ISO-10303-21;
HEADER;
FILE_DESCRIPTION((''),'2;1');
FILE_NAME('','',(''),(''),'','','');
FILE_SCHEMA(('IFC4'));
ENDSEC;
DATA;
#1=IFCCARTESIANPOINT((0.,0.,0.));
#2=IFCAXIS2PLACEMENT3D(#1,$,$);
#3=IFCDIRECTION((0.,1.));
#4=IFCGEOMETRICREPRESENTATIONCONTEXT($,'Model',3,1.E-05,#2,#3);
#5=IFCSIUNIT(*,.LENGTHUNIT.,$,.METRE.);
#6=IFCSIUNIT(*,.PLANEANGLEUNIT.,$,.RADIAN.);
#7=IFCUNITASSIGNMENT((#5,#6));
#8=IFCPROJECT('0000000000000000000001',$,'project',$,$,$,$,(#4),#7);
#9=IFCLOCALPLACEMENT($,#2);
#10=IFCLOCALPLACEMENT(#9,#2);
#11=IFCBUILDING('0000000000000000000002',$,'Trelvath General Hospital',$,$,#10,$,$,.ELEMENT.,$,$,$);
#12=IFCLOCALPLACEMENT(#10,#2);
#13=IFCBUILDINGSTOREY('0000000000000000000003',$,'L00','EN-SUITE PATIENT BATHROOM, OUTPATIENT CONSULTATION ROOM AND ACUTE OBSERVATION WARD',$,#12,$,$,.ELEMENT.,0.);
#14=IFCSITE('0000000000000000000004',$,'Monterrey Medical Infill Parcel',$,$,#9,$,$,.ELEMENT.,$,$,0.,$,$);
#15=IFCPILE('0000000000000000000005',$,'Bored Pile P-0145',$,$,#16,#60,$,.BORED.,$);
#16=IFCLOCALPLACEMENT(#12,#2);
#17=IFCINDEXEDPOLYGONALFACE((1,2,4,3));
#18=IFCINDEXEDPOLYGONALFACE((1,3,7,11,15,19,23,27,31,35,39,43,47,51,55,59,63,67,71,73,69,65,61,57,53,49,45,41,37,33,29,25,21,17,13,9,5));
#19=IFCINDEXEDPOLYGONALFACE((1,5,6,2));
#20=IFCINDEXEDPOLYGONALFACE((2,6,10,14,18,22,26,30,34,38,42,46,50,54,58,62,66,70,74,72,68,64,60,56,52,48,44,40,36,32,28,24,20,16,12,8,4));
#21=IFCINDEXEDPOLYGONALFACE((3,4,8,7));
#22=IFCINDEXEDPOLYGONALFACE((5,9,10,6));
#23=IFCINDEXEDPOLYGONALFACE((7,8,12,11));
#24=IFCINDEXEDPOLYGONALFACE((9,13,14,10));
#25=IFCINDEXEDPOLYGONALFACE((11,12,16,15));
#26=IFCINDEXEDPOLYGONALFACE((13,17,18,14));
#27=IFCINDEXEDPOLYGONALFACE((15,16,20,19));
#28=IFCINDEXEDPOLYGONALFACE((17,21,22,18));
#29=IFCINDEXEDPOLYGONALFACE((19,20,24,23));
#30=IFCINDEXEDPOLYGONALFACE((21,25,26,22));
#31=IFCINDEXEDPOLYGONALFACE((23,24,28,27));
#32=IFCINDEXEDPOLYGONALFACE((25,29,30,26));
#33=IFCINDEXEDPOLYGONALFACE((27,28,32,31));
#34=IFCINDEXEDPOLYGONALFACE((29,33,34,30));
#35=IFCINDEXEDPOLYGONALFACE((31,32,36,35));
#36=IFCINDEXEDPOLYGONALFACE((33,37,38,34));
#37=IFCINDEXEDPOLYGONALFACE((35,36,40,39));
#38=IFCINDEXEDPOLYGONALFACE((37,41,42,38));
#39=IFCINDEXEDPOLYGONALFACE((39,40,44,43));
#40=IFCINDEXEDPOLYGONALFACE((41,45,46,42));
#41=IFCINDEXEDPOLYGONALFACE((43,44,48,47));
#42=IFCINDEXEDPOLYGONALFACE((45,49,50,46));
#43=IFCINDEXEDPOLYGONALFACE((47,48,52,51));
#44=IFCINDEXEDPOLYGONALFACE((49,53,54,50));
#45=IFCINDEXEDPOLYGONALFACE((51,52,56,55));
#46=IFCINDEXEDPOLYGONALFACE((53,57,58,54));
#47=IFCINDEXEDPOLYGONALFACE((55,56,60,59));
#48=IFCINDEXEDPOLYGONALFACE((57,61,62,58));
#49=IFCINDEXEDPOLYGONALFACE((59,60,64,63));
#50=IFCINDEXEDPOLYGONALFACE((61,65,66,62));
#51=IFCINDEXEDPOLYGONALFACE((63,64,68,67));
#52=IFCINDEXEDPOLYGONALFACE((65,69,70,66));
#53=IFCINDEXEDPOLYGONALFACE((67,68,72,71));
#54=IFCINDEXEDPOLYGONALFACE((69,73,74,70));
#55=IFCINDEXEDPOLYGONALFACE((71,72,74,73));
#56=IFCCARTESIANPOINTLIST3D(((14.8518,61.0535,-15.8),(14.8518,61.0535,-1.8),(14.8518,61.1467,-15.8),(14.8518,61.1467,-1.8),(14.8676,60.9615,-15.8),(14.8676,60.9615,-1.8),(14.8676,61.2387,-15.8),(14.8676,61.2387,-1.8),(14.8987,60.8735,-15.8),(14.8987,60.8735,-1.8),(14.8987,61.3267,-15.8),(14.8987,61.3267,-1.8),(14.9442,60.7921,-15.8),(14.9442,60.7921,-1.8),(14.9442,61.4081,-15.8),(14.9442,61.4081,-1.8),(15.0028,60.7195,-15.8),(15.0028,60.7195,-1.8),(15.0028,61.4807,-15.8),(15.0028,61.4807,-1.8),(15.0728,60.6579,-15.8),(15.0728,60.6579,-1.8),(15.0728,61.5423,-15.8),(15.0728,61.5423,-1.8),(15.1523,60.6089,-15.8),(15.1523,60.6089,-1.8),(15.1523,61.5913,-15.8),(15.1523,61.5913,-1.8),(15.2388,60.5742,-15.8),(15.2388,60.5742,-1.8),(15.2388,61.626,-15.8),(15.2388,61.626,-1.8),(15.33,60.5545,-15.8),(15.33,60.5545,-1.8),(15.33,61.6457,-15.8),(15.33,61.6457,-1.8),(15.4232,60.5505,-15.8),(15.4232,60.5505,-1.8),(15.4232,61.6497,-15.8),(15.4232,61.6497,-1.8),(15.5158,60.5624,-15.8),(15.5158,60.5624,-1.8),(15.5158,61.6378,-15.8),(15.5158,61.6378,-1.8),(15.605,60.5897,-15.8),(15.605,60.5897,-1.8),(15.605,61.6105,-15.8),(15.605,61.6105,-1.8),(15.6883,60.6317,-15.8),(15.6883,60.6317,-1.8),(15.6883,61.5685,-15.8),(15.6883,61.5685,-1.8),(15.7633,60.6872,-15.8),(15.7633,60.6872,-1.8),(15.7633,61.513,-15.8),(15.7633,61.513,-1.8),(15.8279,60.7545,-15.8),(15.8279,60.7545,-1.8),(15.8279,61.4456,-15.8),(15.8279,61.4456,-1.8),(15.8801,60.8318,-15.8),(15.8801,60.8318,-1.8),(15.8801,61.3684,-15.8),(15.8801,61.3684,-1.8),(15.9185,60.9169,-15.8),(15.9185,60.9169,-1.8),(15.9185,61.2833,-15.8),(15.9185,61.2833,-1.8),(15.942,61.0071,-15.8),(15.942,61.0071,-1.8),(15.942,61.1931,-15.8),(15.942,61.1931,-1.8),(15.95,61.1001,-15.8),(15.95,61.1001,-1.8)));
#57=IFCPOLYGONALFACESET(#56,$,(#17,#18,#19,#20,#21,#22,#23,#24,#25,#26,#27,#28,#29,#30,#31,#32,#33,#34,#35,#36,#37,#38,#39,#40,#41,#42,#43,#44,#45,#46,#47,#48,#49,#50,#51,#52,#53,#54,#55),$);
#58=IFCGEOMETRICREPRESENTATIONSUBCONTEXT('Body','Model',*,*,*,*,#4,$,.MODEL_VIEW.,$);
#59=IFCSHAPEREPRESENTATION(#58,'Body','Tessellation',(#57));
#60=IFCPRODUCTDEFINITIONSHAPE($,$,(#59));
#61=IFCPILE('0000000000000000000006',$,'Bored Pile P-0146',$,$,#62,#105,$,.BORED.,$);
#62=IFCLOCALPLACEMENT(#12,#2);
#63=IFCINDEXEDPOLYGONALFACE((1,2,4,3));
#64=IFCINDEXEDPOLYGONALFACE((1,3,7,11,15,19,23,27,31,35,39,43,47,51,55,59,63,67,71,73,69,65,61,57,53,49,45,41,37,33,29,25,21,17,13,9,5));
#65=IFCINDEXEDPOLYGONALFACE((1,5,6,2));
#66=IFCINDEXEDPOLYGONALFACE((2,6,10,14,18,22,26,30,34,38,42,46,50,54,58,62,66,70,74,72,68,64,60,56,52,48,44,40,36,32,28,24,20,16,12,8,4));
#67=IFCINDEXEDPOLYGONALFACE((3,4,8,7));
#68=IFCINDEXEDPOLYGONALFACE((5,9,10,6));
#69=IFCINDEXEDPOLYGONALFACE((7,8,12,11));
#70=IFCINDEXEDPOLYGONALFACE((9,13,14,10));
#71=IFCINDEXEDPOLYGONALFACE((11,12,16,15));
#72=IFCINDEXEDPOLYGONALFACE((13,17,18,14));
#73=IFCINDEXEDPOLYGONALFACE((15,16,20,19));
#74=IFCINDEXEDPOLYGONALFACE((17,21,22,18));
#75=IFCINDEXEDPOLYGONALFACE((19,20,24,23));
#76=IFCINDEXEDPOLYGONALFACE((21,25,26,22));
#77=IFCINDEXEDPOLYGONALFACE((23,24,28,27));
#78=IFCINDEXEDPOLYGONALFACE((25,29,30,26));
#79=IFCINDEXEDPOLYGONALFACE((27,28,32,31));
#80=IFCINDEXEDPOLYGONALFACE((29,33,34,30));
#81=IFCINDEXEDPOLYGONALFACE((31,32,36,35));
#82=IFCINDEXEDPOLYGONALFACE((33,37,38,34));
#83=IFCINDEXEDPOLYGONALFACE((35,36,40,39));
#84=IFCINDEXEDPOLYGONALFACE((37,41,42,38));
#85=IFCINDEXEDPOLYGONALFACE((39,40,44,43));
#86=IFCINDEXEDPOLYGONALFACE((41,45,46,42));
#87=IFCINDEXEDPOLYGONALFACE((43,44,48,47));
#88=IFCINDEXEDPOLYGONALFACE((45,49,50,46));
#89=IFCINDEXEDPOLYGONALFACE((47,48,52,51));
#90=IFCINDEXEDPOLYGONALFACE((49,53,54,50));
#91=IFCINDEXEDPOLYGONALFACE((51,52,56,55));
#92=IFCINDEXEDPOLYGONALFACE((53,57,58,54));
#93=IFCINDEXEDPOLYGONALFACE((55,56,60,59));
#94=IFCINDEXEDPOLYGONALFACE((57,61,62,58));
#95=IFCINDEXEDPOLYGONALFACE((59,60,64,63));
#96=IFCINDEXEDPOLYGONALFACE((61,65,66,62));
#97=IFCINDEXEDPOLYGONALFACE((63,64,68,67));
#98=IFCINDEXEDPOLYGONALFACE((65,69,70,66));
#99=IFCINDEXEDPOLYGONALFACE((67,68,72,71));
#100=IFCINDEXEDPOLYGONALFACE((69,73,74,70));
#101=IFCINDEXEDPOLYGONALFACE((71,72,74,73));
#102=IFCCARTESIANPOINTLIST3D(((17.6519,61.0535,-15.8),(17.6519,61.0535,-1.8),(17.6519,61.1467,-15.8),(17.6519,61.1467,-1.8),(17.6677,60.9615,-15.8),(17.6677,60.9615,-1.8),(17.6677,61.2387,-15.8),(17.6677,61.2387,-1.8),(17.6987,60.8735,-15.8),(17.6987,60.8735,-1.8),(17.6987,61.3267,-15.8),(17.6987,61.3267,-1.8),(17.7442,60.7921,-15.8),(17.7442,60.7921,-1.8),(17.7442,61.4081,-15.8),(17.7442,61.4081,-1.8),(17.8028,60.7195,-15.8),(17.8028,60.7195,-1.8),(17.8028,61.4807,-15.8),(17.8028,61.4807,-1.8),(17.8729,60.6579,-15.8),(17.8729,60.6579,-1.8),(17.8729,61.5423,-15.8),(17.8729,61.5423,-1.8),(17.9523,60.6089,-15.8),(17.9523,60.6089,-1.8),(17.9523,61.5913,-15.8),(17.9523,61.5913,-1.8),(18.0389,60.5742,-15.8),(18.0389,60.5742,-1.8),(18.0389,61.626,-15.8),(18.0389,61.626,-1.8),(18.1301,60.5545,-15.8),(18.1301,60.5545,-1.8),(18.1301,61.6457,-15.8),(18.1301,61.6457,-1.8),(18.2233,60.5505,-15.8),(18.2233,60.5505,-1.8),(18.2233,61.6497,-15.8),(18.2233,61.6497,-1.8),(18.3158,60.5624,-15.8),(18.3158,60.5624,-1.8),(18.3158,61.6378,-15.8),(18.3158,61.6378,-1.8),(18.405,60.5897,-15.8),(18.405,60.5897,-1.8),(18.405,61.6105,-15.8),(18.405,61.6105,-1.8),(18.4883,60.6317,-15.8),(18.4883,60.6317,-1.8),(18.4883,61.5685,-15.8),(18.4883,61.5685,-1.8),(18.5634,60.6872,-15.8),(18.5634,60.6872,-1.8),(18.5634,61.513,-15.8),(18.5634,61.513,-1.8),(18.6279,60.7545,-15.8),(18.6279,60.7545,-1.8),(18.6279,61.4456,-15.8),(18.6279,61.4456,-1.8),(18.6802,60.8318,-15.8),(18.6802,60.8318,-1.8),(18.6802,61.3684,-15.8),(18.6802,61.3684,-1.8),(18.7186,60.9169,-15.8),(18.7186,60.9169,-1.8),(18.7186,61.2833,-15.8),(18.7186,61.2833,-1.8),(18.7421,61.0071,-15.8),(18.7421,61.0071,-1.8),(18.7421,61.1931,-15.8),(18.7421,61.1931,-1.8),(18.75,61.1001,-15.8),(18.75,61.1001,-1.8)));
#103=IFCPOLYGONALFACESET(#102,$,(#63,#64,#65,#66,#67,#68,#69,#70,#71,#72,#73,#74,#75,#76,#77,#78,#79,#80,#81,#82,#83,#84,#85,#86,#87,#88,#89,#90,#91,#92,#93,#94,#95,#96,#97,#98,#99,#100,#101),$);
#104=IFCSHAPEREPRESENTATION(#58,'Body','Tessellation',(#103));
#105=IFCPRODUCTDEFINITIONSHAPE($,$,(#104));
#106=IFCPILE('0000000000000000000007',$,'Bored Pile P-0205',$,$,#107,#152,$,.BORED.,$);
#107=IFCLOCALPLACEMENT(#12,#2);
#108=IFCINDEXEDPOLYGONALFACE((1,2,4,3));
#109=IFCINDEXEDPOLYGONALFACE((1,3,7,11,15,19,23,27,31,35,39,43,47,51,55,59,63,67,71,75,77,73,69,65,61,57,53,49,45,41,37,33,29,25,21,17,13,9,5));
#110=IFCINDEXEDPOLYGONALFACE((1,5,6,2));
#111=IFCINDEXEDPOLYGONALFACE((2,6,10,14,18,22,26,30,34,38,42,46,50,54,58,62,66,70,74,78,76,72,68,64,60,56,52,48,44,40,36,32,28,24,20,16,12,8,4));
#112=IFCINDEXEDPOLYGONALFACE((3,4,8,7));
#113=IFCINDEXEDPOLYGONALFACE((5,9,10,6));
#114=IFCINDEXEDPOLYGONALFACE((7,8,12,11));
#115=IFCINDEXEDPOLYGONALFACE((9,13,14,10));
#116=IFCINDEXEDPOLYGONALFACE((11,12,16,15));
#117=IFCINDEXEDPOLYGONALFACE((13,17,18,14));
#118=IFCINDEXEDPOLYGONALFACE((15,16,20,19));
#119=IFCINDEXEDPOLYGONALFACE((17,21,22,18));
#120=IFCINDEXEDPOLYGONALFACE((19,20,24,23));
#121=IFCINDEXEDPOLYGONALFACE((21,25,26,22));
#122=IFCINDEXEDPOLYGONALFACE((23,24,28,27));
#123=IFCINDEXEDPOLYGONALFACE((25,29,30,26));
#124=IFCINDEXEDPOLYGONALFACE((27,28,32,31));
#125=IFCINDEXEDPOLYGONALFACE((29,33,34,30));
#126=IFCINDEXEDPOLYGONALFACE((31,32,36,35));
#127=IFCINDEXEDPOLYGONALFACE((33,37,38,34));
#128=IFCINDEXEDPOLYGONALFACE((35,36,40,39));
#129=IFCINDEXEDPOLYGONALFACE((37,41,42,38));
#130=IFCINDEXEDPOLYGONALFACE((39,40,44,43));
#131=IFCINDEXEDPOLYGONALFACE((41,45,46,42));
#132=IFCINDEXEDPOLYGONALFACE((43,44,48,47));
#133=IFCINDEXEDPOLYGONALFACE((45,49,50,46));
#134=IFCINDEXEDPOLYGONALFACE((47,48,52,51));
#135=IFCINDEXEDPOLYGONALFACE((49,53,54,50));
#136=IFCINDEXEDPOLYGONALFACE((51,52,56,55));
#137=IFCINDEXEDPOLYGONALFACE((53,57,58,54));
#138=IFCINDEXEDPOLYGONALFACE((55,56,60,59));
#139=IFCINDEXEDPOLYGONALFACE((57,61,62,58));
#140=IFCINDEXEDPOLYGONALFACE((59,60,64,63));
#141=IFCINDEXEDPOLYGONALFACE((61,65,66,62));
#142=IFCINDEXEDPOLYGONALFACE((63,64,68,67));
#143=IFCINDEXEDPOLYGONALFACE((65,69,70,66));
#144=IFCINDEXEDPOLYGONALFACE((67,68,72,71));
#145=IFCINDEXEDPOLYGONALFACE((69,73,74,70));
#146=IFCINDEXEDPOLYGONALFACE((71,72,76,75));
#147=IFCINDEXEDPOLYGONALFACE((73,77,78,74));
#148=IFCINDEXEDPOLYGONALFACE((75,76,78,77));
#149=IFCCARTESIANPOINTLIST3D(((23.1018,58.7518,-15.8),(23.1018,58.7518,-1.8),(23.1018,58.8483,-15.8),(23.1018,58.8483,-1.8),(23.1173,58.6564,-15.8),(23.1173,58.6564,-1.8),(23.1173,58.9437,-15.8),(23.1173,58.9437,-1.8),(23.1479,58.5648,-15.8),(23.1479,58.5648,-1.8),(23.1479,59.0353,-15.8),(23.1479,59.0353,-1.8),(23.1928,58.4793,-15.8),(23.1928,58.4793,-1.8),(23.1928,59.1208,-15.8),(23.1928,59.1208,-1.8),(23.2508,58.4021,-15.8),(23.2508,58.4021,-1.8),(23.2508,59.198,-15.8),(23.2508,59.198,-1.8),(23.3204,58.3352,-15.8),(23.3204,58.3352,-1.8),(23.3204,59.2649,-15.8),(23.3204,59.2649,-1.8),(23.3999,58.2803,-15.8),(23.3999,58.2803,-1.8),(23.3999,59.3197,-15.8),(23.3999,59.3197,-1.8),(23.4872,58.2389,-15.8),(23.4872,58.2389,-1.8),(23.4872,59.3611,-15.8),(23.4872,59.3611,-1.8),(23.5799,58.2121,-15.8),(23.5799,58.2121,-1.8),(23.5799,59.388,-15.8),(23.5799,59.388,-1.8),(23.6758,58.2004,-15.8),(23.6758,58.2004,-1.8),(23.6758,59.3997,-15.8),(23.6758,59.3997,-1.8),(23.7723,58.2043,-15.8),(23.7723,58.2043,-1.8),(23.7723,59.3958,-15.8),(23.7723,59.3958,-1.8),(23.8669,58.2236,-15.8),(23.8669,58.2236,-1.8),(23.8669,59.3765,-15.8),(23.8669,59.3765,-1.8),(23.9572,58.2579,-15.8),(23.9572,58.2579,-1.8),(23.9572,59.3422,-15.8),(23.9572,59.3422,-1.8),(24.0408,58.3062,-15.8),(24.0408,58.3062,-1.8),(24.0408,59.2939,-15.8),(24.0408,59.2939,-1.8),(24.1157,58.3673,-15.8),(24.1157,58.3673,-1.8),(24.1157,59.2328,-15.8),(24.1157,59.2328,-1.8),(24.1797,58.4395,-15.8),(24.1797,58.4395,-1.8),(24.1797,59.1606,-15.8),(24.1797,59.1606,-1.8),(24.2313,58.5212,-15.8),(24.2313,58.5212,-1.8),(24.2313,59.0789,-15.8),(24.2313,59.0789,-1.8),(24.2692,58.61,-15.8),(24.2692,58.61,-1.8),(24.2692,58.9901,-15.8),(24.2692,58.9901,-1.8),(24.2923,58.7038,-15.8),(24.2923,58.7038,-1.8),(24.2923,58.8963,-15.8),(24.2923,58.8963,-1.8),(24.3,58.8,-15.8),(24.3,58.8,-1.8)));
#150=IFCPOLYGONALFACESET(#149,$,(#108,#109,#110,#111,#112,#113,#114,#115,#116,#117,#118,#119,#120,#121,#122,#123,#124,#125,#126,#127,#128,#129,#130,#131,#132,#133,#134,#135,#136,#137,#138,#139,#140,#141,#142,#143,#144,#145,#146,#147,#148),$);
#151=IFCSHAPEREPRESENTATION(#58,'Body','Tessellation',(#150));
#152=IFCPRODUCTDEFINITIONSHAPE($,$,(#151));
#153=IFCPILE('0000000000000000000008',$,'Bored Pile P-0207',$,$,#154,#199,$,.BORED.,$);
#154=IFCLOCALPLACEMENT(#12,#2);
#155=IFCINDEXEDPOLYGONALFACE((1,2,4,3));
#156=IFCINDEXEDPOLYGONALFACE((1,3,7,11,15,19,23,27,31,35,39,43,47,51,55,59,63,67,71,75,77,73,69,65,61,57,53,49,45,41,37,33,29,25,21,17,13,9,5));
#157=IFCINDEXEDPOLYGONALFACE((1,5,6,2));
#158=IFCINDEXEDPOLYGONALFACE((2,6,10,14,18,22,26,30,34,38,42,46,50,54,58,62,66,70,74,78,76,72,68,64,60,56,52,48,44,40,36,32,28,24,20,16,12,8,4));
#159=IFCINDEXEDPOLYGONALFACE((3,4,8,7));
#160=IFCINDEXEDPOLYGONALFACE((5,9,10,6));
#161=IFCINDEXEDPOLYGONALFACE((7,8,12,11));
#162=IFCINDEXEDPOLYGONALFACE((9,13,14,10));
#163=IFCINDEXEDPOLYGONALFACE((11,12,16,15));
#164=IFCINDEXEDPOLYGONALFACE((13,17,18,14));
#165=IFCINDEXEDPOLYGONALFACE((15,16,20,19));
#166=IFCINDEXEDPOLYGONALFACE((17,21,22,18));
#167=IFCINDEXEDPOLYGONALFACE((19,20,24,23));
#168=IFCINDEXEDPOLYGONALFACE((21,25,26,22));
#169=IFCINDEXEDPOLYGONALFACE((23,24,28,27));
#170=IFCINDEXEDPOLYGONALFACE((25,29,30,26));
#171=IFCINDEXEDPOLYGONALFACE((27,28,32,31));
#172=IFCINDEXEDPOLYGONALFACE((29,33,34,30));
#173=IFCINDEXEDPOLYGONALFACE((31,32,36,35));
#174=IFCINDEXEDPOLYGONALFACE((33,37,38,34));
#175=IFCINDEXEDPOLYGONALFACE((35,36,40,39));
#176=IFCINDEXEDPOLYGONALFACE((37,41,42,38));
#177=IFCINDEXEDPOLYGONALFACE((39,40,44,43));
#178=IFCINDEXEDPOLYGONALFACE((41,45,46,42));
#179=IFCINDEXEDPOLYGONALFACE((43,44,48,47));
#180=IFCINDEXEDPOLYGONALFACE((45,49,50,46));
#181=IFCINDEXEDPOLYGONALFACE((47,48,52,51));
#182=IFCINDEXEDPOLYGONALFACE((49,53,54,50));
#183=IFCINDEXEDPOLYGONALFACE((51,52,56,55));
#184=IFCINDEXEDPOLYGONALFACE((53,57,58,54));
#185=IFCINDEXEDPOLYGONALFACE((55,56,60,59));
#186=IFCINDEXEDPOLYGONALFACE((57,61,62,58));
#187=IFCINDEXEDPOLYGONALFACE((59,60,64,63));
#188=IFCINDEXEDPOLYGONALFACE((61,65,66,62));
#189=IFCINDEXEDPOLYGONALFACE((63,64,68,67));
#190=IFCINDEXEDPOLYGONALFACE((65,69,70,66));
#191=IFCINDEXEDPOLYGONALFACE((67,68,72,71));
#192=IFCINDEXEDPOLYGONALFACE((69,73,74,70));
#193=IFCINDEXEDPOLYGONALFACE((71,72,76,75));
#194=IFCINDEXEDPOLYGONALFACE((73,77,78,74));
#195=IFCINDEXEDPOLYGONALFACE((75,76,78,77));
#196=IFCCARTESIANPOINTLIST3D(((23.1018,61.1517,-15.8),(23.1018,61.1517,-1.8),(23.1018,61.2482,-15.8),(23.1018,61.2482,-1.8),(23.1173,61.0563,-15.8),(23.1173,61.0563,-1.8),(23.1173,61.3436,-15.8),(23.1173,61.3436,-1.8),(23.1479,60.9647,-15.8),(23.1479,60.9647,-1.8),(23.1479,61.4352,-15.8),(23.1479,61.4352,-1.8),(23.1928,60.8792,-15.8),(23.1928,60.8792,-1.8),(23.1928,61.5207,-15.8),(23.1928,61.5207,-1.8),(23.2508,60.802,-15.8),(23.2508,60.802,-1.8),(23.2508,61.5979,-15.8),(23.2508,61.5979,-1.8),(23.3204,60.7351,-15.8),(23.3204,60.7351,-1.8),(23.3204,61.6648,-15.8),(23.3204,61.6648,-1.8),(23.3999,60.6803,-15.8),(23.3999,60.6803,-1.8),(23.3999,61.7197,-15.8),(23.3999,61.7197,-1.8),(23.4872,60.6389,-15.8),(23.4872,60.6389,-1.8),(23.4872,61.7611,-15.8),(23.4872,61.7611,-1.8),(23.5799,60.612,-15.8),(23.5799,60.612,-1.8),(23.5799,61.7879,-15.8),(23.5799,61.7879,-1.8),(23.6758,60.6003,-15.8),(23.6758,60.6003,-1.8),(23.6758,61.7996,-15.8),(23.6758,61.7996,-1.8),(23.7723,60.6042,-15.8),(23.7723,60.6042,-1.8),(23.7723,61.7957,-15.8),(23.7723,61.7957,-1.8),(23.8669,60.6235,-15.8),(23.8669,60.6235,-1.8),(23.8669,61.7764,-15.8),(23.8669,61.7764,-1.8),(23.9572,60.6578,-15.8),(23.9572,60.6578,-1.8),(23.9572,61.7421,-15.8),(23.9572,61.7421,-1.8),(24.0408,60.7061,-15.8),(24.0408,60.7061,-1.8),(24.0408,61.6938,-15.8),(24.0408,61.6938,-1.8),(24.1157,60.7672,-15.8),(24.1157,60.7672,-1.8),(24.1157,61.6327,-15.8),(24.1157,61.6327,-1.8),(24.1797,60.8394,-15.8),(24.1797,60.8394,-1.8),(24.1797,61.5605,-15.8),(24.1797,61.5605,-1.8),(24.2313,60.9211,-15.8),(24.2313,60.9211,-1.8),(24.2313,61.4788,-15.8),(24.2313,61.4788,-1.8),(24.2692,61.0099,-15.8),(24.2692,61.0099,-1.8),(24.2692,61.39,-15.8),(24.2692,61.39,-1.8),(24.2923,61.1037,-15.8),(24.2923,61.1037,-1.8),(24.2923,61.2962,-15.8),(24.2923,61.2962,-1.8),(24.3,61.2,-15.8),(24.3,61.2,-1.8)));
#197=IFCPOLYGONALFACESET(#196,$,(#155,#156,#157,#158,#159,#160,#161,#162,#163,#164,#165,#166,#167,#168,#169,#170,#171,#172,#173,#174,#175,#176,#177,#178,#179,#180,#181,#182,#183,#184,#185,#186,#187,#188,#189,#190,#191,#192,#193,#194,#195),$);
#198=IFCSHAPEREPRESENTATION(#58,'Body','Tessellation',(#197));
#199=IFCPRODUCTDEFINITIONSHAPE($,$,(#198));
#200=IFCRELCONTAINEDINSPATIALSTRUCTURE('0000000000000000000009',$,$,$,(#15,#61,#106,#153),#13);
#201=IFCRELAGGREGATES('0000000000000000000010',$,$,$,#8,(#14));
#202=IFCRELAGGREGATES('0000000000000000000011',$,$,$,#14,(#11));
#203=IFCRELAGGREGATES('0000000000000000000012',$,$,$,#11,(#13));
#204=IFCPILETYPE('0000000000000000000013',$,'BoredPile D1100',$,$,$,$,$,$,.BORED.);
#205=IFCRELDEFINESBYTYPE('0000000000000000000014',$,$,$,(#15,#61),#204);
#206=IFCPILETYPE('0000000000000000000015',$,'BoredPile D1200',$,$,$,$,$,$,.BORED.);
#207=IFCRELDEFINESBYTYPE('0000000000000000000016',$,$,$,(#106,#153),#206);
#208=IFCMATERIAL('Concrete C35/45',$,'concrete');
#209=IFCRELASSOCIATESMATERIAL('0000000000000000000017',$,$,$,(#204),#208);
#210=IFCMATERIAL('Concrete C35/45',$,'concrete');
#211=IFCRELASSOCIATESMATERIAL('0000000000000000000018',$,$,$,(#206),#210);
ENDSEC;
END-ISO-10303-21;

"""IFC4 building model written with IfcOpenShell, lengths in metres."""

from ifc_helpers import new_model, si_unit, direction, frame, origin, origin_2d, place, context, subcontext, project, spatial, circle, extrude, material, material_profile, profile_set, type_object, element, save


model = new_model("IFC4")

# Units and contexts
model_context = context("Model", 3, precision=1e-05, world=origin(), true_north=direction((0.0, 1.0)))
body_context = subcontext(model_context, "Body", "Model", "MODEL_VIEW")
ifc_project = project(units=[si_unit("LENGTHUNIT", "METRE"), si_unit("PLANEANGLEUNIT", "RADIAN")], contexts=[model_context])

# Site, building, storey
site_placement = place(None, origin())
site = spatial("IfcSite", under=ifc_project, at=site_placement, Name="Monterrey Medical Infill Parcel", CompositionType="ELEMENT", RefElevation=0.0)
building_placement = place(site_placement, origin())
building = spatial("IfcBuilding", under=site, at=building_placement, Name="Trelvath General Hospital", CompositionType="ELEMENT")
storey_placement = place(building_placement, origin())
storey = spatial("IfcBuildingStorey", under=building, at=storey_placement, Name="L00", Description="EN-SUITE PATIENT BATHROOM, OUTPATIENT CONSULTATION ROOM AND ACUTE OBSERVATION WARD", CompositionType="ELEMENT", Elevation=0.0)

# Piles
ifc_material_1 = material(Name="Concrete C35/45", Category="concrete")
ifc_material_profile_1 = material_profile(ifc_material_1, circle(Radius=0.55, at=origin_2d()), Name="PILE1100")
ifc_profile_set_1 = profile_set([ifc_material_profile_1], Name="Concrete C35/45")
pile_type_1 = type_object("IfcPileType", Name="BoredPile D1100", PredefinedType="BORED", material=ifc_profile_set_1)
for number, where, z_axis, x_axis, name in (
    (1, (15.3999, 61.1001, -1.8), (0.0, 0.0, -1.0), (1.0, 0.0, 0.0), "Bored Pile P-0145"),
    (2, (18.2, 61.1001, -1.8), (0.0, 0.0, -1.0), (1.0, 0.0, 0.0), "Bored Pile P-0146"),
):
    element("IfcPile", number, at=place(storey_placement, frame(where, z_axis=z_axis, x_axis=x_axis)), inside=storey, type_object=pile_type_1, Name=name, PredefinedType="BORED", context=body_context, shape_type="SweptSolid", body=[
        extrude(circle(Radius=0.55, at=origin_2d()), origin(), (0.0, 0.0, 1.0), 14.0),
    ])
ifc_material_2 = material(Name="Concrete C35/45", Category="concrete")
ifc_material_profile_2 = material_profile(ifc_material_2, circle(Radius=0.6001, at=origin_2d()), Name="PILE1200")
ifc_profile_set_2 = profile_set([ifc_material_profile_2], Name="Concrete C35/45")
pile_type_2 = type_object("IfcPileType", Name="BoredPile D1200", PredefinedType="BORED", material=ifc_profile_set_2)
for number, where, z_axis, x_axis, name in (
    (3, (23.7, 58.8, -1.8), (0.0, 0.0, -1.0), (1.0, 0.0, 0.0), "Bored Pile P-0205"),
    (4, (23.7, 61.2, -1.8), (0.0, 0.0, -1.0), (1.0, 0.0, 0.0), "Bored Pile P-0207"),
):
    element("IfcPile", number, at=place(storey_placement, frame(where, z_axis=z_axis, x_axis=x_axis)), inside=storey, type_object=pile_type_2, Name=name, PredefinedType="BORED", context=body_context, shape_type="SweptSolid", body=[
        extrude(circle(Radius=0.6001, at=origin_2d()), origin(), (0.0, 0.0, 1.0), 14.0),
    ])

save(model, "model.ifc")
